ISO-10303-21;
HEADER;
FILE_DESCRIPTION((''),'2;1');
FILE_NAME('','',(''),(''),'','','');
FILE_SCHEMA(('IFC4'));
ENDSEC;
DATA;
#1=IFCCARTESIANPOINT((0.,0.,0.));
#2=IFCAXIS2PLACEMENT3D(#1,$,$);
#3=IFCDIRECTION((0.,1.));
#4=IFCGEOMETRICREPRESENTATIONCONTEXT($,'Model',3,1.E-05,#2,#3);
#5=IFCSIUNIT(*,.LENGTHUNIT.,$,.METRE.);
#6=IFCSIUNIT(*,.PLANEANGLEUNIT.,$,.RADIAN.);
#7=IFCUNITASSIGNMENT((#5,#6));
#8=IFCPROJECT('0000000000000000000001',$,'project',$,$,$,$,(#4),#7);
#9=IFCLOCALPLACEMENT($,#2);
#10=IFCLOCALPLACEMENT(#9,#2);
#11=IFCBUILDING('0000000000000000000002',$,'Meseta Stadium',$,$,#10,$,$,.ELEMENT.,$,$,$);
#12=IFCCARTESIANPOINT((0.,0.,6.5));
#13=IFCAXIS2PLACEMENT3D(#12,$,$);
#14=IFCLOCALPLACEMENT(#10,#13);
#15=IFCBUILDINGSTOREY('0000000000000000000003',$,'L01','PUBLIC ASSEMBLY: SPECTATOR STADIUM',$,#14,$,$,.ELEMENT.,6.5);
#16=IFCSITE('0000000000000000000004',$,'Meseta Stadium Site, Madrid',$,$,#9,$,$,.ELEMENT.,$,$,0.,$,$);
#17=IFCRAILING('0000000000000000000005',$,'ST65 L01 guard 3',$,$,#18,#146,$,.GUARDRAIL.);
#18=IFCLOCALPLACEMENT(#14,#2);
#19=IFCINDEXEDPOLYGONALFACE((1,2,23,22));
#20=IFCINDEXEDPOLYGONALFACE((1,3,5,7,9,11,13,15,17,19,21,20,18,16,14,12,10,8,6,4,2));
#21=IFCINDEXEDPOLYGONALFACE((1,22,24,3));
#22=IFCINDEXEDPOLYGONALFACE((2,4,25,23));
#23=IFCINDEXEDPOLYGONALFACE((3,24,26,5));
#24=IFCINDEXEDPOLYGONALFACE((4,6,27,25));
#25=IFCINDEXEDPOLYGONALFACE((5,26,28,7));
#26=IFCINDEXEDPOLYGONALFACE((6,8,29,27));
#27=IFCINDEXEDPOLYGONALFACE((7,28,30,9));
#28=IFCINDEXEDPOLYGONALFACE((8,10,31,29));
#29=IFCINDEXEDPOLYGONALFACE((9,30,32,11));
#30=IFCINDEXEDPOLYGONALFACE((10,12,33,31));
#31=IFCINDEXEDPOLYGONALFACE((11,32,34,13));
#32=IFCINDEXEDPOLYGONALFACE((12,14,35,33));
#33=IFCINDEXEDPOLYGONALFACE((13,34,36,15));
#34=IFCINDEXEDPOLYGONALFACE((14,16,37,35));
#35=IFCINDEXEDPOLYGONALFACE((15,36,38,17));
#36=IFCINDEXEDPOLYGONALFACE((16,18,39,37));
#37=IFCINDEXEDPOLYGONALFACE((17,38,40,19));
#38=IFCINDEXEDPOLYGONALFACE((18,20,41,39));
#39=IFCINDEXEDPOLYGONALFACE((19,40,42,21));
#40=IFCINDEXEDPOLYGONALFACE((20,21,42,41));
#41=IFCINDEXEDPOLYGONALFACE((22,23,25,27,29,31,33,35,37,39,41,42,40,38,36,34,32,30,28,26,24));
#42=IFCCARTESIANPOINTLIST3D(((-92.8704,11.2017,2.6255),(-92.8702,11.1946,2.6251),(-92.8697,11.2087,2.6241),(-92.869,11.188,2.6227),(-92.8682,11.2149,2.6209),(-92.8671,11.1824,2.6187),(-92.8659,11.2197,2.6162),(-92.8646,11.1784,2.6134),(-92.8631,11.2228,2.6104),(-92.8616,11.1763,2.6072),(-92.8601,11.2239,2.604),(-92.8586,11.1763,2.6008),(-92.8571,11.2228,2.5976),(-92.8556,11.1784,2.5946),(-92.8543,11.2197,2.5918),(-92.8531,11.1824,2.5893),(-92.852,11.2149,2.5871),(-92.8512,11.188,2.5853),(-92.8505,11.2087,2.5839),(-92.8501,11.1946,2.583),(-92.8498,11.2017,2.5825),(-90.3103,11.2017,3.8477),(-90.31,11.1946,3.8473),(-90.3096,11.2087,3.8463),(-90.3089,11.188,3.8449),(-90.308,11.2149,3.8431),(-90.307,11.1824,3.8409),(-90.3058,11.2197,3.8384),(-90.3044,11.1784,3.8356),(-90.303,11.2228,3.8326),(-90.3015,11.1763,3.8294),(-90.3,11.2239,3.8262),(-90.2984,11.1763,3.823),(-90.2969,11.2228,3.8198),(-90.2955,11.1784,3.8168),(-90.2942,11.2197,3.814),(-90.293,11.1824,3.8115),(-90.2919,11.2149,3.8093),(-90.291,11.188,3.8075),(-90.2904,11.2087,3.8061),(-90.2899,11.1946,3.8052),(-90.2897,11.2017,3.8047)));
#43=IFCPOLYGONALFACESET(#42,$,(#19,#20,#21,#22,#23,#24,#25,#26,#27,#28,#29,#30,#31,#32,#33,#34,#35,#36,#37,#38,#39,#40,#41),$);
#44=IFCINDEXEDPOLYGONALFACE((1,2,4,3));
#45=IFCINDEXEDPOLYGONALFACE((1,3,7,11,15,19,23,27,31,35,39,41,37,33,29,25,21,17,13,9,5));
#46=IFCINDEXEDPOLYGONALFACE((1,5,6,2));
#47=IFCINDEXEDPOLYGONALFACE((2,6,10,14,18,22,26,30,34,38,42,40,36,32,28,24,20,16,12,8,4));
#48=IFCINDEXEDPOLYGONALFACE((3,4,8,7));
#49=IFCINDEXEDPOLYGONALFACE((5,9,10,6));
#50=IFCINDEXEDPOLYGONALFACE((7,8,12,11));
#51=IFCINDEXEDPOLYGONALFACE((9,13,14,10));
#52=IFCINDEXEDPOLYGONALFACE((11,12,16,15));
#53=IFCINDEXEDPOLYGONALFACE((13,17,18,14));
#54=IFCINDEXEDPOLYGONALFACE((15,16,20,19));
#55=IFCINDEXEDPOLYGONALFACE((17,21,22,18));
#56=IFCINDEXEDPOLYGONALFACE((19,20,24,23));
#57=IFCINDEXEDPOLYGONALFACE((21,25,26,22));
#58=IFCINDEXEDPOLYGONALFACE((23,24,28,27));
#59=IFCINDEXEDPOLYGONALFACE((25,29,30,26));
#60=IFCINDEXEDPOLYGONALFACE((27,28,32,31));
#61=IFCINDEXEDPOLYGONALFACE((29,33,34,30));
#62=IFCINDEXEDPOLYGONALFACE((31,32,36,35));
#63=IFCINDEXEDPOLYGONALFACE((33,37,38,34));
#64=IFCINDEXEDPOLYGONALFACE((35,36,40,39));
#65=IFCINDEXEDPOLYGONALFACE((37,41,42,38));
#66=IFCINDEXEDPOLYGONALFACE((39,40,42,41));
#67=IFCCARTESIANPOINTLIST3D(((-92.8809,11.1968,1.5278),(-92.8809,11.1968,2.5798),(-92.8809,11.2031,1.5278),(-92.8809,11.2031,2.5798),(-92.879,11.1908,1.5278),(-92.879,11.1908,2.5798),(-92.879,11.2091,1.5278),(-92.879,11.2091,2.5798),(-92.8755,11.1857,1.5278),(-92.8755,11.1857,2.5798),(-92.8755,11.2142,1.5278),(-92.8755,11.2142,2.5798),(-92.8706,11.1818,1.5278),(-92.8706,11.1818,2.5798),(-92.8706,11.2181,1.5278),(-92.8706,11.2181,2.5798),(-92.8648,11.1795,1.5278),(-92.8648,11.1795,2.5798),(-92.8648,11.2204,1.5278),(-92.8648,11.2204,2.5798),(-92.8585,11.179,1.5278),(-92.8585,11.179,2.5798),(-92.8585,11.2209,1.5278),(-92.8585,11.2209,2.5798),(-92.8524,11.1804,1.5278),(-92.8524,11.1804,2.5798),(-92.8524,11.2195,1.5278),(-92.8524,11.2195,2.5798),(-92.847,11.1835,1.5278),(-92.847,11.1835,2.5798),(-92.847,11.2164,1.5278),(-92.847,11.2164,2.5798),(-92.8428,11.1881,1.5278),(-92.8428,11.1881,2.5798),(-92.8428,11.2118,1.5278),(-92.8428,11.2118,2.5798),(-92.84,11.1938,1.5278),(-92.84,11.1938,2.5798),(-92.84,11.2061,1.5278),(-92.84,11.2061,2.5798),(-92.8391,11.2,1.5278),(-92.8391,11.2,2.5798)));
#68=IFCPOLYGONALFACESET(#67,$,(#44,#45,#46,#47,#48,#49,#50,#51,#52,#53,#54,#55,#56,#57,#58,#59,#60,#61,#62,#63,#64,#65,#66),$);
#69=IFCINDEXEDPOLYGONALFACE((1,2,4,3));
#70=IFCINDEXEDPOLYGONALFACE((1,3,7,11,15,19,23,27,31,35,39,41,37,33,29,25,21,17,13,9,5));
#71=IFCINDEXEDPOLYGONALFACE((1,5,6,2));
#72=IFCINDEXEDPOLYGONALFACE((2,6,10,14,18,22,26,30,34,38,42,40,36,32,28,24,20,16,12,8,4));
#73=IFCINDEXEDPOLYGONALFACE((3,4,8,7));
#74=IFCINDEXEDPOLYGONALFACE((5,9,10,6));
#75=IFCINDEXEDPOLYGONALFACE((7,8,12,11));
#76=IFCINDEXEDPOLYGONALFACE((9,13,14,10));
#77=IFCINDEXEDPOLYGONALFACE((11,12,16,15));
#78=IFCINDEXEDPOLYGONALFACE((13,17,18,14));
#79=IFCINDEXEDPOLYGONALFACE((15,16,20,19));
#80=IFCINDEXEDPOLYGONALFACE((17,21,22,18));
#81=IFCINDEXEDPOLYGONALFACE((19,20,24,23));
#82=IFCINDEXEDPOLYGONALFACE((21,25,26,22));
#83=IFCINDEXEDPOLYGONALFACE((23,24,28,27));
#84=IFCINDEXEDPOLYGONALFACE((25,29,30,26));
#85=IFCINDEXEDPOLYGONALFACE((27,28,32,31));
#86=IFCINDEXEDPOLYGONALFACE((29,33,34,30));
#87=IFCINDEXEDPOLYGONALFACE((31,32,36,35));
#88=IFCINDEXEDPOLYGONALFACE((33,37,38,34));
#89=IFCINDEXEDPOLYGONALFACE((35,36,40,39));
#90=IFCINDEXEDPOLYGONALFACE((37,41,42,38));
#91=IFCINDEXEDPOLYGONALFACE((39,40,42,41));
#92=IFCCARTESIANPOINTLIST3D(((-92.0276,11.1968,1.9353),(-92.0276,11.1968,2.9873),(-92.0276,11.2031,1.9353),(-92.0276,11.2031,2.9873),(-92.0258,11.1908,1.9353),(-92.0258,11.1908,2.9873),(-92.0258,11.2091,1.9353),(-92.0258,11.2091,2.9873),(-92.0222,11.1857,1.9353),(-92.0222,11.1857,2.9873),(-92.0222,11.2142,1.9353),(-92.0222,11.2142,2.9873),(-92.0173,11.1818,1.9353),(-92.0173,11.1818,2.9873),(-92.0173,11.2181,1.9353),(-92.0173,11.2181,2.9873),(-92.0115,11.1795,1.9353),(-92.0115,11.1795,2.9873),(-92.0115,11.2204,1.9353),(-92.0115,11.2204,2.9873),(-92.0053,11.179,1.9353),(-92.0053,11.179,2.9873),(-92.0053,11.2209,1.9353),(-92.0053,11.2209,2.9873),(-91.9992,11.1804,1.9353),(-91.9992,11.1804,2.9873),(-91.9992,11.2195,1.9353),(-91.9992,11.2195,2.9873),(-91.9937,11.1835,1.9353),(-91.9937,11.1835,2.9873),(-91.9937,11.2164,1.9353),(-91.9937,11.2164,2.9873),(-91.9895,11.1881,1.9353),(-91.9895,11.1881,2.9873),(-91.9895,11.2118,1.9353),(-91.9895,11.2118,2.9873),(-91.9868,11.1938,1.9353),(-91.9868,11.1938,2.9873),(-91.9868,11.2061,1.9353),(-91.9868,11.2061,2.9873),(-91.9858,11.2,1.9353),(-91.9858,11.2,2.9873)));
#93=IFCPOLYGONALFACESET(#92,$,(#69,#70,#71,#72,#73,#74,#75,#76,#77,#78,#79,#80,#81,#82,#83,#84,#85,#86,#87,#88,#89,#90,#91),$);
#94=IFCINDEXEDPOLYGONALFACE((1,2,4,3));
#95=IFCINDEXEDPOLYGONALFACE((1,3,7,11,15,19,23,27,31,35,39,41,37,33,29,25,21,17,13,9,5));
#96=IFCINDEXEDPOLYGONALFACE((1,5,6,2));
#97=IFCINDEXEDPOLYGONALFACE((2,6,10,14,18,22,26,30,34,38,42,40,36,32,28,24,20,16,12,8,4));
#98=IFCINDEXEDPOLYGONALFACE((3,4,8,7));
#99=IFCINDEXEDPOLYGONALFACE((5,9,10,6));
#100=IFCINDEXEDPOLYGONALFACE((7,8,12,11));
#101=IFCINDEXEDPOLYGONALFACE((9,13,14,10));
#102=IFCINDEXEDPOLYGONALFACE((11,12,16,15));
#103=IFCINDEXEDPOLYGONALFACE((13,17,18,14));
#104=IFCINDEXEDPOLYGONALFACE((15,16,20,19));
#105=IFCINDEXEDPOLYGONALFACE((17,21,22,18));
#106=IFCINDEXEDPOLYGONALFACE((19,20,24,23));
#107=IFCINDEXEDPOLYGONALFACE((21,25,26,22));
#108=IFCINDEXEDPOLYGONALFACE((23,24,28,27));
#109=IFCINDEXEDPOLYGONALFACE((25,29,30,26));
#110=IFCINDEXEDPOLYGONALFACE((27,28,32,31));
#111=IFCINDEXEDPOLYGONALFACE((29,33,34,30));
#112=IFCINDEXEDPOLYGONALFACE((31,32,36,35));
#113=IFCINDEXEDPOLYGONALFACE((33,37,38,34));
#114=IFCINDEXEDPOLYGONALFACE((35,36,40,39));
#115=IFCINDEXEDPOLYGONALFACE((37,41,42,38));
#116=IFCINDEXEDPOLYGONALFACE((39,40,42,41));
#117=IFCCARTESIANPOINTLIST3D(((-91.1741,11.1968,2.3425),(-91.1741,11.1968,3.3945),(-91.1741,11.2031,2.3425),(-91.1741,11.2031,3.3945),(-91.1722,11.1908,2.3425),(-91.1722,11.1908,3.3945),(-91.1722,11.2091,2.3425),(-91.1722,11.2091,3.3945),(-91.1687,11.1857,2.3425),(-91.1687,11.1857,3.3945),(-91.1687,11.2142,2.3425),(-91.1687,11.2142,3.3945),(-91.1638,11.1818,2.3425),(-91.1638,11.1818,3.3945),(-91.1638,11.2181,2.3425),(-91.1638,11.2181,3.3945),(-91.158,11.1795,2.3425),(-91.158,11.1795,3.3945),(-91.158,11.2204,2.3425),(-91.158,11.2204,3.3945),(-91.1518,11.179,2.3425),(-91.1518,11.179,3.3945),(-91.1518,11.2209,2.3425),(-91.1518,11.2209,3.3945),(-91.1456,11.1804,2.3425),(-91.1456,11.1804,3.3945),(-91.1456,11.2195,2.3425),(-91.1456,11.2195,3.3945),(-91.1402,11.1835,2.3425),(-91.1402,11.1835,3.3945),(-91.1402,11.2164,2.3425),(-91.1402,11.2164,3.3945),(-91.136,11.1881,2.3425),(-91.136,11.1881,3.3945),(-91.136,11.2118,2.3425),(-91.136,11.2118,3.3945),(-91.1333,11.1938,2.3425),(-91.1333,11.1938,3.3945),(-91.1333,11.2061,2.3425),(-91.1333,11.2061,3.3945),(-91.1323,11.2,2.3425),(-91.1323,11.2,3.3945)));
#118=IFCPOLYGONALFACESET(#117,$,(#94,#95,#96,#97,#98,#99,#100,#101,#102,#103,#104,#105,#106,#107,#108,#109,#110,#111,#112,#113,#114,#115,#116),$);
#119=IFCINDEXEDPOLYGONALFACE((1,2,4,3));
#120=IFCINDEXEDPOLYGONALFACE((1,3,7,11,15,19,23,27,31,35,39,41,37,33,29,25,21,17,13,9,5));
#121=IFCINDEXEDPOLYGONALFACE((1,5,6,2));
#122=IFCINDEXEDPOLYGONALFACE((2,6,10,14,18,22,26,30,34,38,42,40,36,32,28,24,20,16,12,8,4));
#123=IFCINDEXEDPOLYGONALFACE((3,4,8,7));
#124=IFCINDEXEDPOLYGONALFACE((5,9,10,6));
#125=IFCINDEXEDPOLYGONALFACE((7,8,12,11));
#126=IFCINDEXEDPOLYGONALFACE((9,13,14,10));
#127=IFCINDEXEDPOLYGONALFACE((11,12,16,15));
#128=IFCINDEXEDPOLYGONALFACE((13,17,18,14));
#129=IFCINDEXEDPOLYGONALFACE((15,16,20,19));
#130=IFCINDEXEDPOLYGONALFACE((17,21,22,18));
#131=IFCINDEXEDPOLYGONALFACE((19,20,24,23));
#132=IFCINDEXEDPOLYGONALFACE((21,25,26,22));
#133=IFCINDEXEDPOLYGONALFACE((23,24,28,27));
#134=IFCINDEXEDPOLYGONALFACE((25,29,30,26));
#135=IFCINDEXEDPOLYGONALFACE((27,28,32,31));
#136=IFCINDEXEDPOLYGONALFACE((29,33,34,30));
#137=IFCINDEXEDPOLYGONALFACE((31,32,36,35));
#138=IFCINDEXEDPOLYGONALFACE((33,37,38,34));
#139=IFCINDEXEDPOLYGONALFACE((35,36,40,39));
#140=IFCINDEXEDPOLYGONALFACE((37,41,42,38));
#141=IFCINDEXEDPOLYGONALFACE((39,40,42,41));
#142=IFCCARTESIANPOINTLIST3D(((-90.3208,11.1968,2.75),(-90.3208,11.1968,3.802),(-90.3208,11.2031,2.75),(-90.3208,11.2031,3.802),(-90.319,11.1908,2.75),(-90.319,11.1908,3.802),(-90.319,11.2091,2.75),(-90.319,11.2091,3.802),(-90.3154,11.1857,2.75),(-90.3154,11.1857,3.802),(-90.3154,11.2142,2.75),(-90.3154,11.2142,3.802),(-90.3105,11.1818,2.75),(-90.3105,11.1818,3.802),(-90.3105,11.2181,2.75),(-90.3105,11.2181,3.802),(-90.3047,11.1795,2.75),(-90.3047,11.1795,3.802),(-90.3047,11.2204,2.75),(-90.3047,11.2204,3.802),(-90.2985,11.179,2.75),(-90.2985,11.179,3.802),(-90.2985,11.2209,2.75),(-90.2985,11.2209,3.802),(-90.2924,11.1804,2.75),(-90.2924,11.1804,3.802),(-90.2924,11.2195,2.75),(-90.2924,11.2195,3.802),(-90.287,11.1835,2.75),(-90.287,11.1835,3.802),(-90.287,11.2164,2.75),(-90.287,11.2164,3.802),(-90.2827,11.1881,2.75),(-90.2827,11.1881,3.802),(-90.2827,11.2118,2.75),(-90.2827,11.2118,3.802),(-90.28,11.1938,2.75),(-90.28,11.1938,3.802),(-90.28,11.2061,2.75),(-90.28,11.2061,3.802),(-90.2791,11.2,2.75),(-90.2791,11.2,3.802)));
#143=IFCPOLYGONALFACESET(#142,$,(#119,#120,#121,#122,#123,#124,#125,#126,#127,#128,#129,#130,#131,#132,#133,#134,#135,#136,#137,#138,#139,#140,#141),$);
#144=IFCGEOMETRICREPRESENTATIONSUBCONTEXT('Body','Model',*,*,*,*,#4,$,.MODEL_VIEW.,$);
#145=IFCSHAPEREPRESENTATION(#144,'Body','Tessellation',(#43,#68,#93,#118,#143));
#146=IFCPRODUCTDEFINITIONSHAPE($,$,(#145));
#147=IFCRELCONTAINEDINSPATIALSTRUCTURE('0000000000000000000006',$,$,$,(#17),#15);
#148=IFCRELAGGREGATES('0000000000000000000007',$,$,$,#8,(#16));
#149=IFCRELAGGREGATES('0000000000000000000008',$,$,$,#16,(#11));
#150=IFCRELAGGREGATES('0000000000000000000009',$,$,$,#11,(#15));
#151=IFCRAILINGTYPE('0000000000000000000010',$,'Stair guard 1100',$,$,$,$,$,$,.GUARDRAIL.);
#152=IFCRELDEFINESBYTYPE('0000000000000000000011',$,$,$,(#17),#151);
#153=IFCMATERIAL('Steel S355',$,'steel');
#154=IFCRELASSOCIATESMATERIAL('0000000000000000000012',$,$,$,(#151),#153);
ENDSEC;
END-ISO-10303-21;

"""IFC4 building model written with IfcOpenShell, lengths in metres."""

from ifc_helpers import new_model, si_unit, direction, frame, origin, origin_2d, place, context, subcontext, project, spatial, circle, extrude, material, type_object, element, save


model = new_model("IFC4")

# Units and contexts
model_context = context("Model", 3, precision=1e-05, world=origin(), true_north=direction((0.0, 1.0)))
body_context = subcontext(model_context, "Body", "Model", "MODEL_VIEW")
ifc_project = project(units=[si_unit("LENGTHUNIT", "METRE"), si_unit("PLANEANGLEUNIT", "RADIAN")], contexts=[model_context])

# Site, building, storey
site_placement = place(None, origin())
site = spatial("IfcSite", under=ifc_project, at=site_placement, Name="Meseta Stadium Site, Madrid", CompositionType="ELEMENT", RefElevation=0.0)
building_placement = place(site_placement, origin())
building = spatial("IfcBuilding", under=site, at=building_placement, Name="Meseta Stadium", CompositionType="ELEMENT")
storey_placement = place(building_placement, frame((0.0, 0.0, 6.5)))
storey = spatial("IfcBuildingStorey", under=building, at=storey_placement, Name="L01", Description="PUBLIC ASSEMBLY: SPECTATOR STADIUM", CompositionType="ELEMENT", Elevation=6.5)

# Railing
ifc_material_1 = material(Name="Steel S355", Category="steel")
railing_type_1 = type_object("IfcRailingType", Name="Stair guard 1100", PredefinedType="GUARDRAIL", material=ifc_material_1)
railing_1_placement = place(storey_placement, frame((-92.8601, 11.2, 1.5278)))
element("IfcRailing", 1, at=railing_1_placement, inside=storey, type_object=railing_type_1, Name="ST65 L01 guard 3", PredefinedType="GUARDRAIL", context=body_context, shape_type="SweptSolid", body=[
    extrude(circle(Radius=0.0239, at=origin_2d()), frame((0.0, 0.0, 1.0762), z_axis=(0.902437, 0.0, 0.430822), x_axis=(0.0, 1.0, 0.0)), (0.0, 0.0, 1.0), 2.8369),
    extrude(circle(Radius=0.021, at=origin_2d()), origin(), (0.0, 0.0, 1.0), 1.052),
    extrude(circle(Radius=0.021, at=origin_2d()), frame((0.8533, 0.0, 0.4075)), (0.0, 0.0, 1.0), 1.052),
    extrude(circle(Radius=0.021, at=origin_2d()), frame((1.7068, 0.0, 0.8147)), (0.0, 0.0, 1.0), 1.052),
    extrude(circle(Radius=0.021, at=origin_2d()), frame((2.5601, 0.0, 1.2222)), (0.0, 0.0, 1.0), 1.052),
])

save(model, "model.ifc")
